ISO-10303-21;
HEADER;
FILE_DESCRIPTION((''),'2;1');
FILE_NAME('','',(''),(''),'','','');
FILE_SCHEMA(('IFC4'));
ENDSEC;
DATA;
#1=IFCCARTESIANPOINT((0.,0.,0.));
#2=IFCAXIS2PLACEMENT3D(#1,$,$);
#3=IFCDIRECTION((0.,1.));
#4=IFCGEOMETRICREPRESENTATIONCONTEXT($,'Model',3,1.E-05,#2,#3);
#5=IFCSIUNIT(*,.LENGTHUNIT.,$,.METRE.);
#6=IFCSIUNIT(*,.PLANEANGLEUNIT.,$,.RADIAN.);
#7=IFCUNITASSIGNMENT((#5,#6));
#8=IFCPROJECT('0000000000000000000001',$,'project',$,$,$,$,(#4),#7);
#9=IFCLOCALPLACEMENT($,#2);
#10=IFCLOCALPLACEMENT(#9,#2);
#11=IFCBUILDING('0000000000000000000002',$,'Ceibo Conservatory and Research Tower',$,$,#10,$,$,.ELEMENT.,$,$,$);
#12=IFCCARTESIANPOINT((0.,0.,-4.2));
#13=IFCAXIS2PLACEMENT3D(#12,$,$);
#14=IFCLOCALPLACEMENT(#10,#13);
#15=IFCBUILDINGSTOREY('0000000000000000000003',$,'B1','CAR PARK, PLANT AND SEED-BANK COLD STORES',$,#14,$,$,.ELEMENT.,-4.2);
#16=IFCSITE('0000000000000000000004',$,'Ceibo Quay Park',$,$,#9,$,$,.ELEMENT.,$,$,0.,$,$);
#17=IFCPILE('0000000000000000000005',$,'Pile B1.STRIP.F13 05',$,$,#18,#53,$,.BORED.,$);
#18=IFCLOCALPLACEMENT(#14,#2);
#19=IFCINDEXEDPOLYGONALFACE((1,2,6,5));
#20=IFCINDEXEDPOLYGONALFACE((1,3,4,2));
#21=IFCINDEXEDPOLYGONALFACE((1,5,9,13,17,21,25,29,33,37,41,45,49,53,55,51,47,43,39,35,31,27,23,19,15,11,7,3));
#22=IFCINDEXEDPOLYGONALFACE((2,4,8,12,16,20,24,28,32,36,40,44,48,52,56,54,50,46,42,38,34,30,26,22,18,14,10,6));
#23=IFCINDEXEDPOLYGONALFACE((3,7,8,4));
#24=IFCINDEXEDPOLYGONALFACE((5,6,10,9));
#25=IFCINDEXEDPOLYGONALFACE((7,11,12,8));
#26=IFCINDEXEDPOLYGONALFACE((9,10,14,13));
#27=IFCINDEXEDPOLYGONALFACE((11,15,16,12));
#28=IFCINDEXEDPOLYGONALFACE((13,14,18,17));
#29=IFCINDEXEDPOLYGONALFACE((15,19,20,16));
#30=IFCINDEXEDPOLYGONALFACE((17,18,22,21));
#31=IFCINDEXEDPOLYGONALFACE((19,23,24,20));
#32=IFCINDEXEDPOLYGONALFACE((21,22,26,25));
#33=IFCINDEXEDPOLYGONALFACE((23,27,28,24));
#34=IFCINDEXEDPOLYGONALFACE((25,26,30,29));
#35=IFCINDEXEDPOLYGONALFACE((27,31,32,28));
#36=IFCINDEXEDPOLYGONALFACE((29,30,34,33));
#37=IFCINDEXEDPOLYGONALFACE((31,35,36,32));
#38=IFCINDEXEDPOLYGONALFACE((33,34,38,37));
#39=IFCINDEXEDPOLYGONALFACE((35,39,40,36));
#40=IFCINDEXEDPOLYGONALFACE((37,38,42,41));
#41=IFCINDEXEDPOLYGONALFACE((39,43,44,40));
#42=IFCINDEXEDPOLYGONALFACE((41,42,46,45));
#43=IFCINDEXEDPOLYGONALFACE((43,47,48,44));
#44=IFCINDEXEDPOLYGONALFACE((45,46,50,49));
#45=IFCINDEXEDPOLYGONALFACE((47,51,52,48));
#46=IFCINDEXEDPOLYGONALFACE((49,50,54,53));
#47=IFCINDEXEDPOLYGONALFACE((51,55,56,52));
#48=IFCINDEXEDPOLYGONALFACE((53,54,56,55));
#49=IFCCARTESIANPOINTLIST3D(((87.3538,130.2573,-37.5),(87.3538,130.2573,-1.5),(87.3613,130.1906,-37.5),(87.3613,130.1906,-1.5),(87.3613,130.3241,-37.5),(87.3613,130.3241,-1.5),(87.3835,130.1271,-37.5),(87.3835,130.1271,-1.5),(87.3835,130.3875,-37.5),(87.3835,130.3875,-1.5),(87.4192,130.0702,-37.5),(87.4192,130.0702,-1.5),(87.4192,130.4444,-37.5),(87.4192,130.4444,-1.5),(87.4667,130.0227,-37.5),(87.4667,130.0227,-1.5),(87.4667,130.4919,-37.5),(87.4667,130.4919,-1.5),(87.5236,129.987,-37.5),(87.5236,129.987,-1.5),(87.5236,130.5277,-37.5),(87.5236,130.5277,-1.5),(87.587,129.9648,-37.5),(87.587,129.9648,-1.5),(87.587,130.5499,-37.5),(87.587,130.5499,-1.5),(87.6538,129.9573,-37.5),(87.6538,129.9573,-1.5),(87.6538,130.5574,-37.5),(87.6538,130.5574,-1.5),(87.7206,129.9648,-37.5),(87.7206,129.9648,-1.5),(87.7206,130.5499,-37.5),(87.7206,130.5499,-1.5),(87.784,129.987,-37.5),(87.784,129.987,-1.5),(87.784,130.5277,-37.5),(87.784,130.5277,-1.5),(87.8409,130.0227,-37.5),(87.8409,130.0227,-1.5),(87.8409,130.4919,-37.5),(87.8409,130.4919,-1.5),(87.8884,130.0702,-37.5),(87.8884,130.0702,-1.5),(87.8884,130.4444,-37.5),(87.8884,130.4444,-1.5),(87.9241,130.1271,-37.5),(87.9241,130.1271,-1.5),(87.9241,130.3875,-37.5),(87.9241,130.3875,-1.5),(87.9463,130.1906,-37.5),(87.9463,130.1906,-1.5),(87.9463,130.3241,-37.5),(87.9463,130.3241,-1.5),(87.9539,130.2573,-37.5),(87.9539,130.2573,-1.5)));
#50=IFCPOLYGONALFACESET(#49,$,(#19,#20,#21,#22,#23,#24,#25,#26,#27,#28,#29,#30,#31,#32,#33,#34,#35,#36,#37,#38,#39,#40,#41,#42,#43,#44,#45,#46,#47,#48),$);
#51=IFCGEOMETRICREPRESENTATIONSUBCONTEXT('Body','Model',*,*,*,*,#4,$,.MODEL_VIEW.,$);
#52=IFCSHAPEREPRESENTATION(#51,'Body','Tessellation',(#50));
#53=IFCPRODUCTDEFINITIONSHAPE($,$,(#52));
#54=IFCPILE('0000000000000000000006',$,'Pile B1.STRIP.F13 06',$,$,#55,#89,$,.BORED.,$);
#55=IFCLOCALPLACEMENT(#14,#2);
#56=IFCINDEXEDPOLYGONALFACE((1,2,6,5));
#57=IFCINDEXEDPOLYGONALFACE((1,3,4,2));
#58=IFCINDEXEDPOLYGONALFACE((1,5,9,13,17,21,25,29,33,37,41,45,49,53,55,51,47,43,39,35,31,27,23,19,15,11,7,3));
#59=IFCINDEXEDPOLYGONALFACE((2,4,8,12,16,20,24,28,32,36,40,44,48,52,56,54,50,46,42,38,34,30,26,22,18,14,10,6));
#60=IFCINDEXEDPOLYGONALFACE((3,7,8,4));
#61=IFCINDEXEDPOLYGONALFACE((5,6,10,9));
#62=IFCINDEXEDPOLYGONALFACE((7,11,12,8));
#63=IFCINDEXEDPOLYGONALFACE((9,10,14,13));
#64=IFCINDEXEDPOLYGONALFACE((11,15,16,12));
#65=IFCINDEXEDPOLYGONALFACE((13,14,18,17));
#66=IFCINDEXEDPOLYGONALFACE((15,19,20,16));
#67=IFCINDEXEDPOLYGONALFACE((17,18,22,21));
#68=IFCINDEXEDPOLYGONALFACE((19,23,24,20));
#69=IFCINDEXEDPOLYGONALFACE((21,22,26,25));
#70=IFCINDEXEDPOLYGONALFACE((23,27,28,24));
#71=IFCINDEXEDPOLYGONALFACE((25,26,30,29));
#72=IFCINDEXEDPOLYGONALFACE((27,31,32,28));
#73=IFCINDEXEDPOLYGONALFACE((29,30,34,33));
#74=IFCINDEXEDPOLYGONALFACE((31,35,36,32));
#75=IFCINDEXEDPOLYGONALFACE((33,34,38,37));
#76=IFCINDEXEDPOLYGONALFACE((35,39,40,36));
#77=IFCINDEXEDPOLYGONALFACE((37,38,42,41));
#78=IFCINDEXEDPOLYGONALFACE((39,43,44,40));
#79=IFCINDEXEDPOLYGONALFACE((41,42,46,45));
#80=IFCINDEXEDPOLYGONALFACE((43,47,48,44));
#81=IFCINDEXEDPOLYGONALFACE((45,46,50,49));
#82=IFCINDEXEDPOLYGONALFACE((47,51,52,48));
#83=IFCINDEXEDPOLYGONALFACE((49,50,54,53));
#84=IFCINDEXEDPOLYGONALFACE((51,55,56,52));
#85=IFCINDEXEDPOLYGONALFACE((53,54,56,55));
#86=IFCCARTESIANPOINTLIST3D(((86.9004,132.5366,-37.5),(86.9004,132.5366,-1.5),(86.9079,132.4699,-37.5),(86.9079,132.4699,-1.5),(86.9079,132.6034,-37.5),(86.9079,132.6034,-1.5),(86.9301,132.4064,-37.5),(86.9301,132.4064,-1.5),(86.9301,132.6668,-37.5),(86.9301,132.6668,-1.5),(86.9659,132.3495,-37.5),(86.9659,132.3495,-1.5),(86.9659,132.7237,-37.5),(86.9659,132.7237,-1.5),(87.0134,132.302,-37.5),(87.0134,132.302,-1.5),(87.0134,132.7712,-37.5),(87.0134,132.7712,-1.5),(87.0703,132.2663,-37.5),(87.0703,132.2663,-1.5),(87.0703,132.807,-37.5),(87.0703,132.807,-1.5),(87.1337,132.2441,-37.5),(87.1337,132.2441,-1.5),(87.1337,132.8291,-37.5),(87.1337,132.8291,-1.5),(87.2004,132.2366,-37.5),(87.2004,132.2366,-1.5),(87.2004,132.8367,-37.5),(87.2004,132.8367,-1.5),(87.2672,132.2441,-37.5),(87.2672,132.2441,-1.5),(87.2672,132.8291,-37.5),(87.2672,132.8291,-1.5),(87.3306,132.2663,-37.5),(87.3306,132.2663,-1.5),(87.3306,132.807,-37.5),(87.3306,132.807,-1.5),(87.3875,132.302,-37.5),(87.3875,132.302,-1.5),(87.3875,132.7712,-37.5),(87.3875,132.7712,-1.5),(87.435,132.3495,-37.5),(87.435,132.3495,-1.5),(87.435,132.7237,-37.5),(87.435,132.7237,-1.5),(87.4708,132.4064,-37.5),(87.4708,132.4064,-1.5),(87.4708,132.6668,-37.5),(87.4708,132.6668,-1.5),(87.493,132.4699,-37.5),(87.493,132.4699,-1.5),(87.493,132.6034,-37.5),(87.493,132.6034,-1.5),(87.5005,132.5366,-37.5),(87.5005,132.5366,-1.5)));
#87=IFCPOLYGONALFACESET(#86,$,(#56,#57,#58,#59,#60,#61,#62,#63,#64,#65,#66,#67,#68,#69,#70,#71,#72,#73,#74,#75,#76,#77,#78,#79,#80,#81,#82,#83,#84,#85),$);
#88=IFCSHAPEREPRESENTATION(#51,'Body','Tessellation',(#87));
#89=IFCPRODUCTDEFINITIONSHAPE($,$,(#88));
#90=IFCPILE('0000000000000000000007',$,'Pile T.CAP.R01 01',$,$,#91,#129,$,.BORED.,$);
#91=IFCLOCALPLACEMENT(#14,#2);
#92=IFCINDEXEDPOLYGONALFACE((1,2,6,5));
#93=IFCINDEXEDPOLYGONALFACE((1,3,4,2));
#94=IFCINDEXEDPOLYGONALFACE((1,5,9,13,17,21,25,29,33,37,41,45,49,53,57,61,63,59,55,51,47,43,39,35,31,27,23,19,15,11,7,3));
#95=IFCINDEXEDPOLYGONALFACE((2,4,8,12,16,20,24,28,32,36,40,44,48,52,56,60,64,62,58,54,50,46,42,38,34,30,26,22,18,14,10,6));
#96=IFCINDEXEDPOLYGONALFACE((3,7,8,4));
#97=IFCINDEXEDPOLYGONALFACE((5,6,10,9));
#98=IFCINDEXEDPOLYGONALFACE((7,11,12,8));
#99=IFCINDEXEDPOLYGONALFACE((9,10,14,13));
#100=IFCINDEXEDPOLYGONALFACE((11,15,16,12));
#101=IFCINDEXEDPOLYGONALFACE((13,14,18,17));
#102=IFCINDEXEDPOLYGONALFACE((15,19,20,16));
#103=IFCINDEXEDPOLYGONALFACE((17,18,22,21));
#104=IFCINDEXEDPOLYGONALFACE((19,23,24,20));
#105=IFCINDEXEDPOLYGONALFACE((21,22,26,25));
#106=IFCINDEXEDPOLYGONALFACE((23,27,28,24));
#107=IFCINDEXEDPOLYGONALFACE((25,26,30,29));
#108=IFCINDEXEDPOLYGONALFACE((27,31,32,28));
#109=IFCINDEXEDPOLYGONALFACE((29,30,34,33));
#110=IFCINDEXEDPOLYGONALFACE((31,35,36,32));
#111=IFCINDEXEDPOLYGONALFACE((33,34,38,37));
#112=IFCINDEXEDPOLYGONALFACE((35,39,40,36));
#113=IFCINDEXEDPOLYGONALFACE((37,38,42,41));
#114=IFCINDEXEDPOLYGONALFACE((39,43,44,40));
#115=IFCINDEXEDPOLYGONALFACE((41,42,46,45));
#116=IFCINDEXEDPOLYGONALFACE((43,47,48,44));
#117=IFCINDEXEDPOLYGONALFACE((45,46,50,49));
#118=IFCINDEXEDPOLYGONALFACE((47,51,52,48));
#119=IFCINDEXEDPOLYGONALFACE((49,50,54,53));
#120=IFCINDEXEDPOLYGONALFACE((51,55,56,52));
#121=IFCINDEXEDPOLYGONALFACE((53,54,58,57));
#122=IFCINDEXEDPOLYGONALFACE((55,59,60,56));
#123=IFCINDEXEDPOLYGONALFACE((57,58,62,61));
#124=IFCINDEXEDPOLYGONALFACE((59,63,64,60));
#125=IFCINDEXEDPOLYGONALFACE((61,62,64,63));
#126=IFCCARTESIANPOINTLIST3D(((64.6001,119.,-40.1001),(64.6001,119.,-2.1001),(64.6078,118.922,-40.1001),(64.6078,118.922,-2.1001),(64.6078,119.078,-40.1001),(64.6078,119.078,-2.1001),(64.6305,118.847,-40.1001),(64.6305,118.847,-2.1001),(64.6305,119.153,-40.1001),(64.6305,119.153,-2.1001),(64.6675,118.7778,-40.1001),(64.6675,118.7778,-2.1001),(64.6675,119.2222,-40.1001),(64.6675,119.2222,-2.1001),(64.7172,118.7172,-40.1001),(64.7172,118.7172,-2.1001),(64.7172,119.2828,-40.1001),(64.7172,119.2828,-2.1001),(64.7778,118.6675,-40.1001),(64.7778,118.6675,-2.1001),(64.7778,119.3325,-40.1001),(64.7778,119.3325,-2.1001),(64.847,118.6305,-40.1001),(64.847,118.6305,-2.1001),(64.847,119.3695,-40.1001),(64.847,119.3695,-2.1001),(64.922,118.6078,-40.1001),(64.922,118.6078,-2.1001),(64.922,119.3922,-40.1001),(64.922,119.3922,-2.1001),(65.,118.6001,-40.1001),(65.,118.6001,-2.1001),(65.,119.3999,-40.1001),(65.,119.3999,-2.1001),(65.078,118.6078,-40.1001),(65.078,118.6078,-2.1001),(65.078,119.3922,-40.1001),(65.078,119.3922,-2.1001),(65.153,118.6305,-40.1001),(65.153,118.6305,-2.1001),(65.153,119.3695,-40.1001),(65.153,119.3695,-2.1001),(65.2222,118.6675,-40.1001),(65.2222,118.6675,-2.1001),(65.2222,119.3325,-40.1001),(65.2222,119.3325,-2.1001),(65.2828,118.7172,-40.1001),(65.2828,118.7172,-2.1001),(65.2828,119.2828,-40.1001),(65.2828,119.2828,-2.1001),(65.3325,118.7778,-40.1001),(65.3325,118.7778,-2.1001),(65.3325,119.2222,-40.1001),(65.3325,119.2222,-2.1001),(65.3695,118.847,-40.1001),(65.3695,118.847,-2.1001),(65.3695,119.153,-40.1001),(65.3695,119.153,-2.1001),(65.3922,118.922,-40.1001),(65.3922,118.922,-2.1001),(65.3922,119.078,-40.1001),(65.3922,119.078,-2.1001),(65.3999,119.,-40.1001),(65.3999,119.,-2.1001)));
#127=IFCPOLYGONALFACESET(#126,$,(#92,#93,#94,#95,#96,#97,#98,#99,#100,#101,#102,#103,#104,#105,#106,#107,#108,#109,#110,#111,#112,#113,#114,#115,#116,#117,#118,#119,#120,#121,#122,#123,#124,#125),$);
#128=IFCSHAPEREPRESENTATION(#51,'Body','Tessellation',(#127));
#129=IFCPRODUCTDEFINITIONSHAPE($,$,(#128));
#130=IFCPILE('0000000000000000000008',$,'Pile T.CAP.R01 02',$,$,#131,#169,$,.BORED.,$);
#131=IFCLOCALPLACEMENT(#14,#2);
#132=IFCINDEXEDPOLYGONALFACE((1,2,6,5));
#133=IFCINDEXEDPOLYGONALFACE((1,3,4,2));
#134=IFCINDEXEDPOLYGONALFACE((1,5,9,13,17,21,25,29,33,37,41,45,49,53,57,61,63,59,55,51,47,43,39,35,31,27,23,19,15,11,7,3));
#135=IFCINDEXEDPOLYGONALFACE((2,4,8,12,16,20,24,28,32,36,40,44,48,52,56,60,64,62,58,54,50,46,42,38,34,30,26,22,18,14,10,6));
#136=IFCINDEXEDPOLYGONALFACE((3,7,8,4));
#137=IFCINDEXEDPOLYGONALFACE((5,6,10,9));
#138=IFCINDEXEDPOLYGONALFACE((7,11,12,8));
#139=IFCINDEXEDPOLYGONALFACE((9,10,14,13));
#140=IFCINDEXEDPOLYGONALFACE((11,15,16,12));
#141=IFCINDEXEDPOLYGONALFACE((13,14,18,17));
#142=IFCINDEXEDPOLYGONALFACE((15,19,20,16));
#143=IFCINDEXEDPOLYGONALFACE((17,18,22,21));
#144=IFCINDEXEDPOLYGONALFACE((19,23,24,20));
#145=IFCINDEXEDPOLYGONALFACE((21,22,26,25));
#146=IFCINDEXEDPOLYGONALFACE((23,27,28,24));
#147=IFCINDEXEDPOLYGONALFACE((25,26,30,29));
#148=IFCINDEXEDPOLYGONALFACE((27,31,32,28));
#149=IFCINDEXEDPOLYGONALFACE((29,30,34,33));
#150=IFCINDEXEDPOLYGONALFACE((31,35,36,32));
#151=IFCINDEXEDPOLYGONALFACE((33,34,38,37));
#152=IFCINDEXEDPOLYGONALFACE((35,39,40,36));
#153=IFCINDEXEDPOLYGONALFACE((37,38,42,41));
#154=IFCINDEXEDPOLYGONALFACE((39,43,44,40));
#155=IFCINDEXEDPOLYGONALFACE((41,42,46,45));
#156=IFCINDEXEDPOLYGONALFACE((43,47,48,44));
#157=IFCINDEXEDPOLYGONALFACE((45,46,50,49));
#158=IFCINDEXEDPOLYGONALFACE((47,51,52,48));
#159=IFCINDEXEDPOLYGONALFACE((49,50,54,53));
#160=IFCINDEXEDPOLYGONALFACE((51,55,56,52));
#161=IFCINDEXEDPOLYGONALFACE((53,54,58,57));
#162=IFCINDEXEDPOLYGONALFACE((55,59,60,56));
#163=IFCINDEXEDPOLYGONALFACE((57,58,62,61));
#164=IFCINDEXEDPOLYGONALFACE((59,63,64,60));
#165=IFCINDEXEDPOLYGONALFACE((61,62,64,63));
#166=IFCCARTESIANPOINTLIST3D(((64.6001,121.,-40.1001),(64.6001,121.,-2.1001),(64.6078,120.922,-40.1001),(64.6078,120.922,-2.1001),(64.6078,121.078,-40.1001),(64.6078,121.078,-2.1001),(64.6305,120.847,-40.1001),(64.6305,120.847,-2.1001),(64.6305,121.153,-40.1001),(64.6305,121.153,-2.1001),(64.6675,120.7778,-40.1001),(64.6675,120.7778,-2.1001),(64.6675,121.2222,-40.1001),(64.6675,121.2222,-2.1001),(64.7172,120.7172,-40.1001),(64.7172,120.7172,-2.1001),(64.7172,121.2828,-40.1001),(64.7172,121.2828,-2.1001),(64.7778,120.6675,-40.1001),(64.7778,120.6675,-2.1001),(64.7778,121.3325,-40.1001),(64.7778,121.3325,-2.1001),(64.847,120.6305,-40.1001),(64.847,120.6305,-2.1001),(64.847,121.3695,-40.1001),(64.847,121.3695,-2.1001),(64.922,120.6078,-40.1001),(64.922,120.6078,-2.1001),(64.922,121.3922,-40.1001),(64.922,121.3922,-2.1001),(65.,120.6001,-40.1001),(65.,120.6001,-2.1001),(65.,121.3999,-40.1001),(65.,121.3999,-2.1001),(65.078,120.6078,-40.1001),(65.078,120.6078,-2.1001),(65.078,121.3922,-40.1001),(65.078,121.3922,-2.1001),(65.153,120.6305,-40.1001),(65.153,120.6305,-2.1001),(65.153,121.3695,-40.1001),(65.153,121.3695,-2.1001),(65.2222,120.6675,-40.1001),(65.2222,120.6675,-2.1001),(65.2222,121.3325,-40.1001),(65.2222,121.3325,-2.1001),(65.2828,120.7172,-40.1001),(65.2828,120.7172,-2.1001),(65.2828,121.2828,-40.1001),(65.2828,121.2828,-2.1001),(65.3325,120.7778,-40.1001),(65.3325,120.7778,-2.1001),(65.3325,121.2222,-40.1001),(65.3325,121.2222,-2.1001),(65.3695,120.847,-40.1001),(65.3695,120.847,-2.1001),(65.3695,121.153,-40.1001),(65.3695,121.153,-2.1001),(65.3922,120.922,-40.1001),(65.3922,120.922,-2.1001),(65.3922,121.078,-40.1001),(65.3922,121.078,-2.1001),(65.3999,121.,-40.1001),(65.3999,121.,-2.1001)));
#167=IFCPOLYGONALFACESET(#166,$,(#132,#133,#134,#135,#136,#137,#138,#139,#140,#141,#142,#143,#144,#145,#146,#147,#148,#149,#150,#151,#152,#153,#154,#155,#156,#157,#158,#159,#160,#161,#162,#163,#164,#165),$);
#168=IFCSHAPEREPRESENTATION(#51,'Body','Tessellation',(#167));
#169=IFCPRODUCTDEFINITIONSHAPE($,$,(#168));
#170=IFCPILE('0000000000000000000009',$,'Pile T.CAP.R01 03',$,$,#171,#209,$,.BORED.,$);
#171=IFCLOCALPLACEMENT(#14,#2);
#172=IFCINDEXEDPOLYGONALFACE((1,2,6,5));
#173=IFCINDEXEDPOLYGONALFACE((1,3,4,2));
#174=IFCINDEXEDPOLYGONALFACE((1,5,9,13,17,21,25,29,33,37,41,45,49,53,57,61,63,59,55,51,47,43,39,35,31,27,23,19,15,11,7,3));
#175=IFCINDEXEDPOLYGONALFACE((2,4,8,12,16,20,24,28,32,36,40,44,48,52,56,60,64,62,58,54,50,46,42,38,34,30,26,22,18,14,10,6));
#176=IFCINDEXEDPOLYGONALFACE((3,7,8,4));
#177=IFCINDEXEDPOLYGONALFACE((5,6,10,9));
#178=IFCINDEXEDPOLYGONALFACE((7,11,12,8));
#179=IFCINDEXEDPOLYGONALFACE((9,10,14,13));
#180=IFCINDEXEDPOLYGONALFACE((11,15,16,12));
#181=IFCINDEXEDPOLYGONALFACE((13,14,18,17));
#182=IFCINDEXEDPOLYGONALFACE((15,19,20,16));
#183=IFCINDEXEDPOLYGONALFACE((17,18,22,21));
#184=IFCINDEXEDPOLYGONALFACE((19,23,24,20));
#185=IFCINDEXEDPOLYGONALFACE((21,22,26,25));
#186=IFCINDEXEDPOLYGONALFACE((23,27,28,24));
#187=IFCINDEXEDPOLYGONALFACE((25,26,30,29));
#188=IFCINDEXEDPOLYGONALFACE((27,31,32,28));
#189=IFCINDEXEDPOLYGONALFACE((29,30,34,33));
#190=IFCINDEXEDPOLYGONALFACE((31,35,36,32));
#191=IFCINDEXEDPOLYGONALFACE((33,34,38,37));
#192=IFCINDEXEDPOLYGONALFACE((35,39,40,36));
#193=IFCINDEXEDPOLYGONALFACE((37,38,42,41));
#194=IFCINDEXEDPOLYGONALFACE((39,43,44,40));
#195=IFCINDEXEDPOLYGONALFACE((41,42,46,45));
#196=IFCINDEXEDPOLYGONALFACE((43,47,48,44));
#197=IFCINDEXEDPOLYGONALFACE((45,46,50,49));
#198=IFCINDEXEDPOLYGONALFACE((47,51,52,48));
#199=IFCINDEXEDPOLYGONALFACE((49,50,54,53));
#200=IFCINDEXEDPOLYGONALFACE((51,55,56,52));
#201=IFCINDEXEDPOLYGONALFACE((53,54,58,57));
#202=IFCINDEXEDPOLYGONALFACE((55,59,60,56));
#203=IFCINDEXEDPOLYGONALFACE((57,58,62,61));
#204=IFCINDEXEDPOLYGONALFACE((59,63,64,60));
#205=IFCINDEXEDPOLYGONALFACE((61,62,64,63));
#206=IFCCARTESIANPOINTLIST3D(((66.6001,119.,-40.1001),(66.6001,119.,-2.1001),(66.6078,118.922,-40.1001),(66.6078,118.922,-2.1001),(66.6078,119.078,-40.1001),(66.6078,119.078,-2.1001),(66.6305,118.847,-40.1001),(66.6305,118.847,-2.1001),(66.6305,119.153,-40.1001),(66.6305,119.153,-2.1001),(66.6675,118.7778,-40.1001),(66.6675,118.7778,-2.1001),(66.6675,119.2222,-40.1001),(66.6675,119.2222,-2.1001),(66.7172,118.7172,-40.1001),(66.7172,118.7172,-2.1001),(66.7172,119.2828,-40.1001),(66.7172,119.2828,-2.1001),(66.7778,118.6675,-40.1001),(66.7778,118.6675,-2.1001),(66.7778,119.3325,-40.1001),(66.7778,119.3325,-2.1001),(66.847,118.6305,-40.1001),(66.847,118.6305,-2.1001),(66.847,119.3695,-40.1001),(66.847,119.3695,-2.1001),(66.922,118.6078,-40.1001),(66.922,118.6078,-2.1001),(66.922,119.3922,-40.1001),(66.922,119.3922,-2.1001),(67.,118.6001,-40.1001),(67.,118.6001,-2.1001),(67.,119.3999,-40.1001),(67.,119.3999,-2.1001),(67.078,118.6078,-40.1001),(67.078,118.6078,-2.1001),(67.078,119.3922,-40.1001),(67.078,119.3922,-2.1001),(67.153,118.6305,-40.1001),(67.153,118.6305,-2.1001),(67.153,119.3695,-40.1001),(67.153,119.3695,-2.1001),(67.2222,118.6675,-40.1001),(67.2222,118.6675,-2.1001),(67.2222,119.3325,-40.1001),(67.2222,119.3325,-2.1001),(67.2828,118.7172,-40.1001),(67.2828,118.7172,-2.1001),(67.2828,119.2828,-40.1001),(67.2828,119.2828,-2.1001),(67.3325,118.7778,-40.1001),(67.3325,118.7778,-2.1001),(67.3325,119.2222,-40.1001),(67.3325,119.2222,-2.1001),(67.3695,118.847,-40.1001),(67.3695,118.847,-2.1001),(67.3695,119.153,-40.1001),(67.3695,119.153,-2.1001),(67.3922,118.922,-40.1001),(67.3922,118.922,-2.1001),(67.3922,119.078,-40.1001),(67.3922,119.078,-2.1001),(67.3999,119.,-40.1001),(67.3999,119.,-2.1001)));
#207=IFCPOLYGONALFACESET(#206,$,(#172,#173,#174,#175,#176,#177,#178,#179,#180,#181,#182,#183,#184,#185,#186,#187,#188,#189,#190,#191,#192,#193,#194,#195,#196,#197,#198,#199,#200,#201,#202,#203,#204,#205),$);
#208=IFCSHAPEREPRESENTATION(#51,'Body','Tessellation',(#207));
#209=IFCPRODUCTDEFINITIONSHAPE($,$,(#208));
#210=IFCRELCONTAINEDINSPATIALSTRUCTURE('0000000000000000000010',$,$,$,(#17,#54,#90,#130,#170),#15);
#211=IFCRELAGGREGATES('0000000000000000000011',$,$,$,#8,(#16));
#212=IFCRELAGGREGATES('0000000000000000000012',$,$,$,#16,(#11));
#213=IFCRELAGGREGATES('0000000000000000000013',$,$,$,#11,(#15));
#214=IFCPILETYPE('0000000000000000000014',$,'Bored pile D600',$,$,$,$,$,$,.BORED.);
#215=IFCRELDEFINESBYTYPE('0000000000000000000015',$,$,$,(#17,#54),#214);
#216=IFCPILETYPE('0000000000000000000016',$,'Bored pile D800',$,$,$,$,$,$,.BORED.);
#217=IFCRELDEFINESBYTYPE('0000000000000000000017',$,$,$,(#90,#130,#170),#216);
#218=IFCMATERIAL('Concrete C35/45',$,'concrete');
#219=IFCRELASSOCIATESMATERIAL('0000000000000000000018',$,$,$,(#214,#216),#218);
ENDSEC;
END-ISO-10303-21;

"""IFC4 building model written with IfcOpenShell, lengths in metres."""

from ifc_helpers import new_model, si_unit, direction, frame, origin, origin_2d, place, context, subcontext, project, spatial, circle, extrude, material, material_profile, profile_set, type_object, element, save


model = new_model("IFC4")

# Units and contexts
model_context = context("Model", 3, precision=1e-05, world=origin(), true_north=direction((0.0, 1.0)))
body_context = subcontext(model_context, "Body", "Model", "MODEL_VIEW")
ifc_project = project(units=[si_unit("LENGTHUNIT", "METRE"), si_unit("PLANEANGLEUNIT", "RADIAN")], contexts=[model_context])

# Site, building, storey
site_placement = place(None, origin())
site = spatial("IfcSite", under=ifc_project, at=site_placement, Name="Ceibo Quay Park", CompositionType="ELEMENT", RefElevation=0.0)
building_placement = place(site_placement, origin())
building = spatial("IfcBuilding", under=site, at=building_placement, Name="Ceibo Conservatory and Research Tower", CompositionType="ELEMENT")
storey_placement = place(building_placement, frame((0.0, 0.0, -4.2)))
storey = spatial("IfcBuildingStorey", under=building, at=storey_placement, Name="B1", Description="CAR PARK, PLANT AND SEED-BANK COLD STORES", CompositionType="ELEMENT", Elevation=-4.2)

# Piles
ifc_material_1 = material(Name="Concrete C35/45", Category="concrete")
ifc_material_profile_1 = material_profile(ifc_material_1, circle(Radius=0.3, at=origin_2d()), Name="RC D600")
ifc_profile_set_1 = profile_set([ifc_material_profile_1], Name="Concrete C35/45")
pile_type_1 = type_object("IfcPileType", Name="Bored pile D600", PredefinedType="BORED", material=ifc_profile_set_1)
for number, where, z_axis, x_axis, name in (
    (1, (87.6538, 130.2573, -1.5), (0.0, 0.0, -1.0), (1.0, 0.0, 0.0), "Pile B1.STRIP.F13 05"),
    (2, (87.2004, 132.5366, -1.5), (0.0, 0.0, -1.0), (1.0, 0.0, 0.0), "Pile B1.STRIP.F13 06"),
):
    element("IfcPile", number, at=place(storey_placement, frame(where, z_axis=z_axis, x_axis=x_axis)), inside=storey, type_object=pile_type_1, Name=name, PredefinedType="BORED", context=body_context, shape_type="SweptSolid", body=[
        extrude(circle(Radius=0.3, at=origin_2d()), origin(), (0.0, 0.0, 1.0), 36.0),
    ])
ifc_material_profile_2 = material_profile(ifc_material_1, circle(Radius=0.3999, at=origin_2d()), Name="RC D800")
ifc_profile_set_2 = profile_set([ifc_material_profile_2], Name="Concrete C35/45")
pile_type_2 = type_object("IfcPileType", Name="Bored pile D800", PredefinedType="BORED", material=ifc_profile_set_2)
for number, where, z_axis, x_axis, name in (
    (3, (65.0, 119.0, -2.1001), (0.0, 0.0, -1.0), (1.0, 0.0, 0.0), "Pile T.CAP.R01 01"),
    (4, (65.0, 121.0, -2.1001), (0.0, 0.0, -1.0), (1.0, 0.0, 0.0), "Pile T.CAP.R01 02"),
    (5, (67.0, 119.0, -2.1001), (0.0, 0.0, -1.0), (1.0, 0.0, 0.0), "Pile T.CAP.R01 03"),
):
    element("IfcPile", number, at=place(storey_placement, frame(where, z_axis=z_axis, x_axis=x_axis)), inside=storey, type_object=pile_type_2, Name=name, PredefinedType="BORED", context=body_context, shape_type="SweptSolid", body=[
        extrude(circle(Radius=0.3999, at=origin_2d()), origin(), (0.0, 0.0, 1.0), 38.0),
    ])

save(model, "model.ifc")
